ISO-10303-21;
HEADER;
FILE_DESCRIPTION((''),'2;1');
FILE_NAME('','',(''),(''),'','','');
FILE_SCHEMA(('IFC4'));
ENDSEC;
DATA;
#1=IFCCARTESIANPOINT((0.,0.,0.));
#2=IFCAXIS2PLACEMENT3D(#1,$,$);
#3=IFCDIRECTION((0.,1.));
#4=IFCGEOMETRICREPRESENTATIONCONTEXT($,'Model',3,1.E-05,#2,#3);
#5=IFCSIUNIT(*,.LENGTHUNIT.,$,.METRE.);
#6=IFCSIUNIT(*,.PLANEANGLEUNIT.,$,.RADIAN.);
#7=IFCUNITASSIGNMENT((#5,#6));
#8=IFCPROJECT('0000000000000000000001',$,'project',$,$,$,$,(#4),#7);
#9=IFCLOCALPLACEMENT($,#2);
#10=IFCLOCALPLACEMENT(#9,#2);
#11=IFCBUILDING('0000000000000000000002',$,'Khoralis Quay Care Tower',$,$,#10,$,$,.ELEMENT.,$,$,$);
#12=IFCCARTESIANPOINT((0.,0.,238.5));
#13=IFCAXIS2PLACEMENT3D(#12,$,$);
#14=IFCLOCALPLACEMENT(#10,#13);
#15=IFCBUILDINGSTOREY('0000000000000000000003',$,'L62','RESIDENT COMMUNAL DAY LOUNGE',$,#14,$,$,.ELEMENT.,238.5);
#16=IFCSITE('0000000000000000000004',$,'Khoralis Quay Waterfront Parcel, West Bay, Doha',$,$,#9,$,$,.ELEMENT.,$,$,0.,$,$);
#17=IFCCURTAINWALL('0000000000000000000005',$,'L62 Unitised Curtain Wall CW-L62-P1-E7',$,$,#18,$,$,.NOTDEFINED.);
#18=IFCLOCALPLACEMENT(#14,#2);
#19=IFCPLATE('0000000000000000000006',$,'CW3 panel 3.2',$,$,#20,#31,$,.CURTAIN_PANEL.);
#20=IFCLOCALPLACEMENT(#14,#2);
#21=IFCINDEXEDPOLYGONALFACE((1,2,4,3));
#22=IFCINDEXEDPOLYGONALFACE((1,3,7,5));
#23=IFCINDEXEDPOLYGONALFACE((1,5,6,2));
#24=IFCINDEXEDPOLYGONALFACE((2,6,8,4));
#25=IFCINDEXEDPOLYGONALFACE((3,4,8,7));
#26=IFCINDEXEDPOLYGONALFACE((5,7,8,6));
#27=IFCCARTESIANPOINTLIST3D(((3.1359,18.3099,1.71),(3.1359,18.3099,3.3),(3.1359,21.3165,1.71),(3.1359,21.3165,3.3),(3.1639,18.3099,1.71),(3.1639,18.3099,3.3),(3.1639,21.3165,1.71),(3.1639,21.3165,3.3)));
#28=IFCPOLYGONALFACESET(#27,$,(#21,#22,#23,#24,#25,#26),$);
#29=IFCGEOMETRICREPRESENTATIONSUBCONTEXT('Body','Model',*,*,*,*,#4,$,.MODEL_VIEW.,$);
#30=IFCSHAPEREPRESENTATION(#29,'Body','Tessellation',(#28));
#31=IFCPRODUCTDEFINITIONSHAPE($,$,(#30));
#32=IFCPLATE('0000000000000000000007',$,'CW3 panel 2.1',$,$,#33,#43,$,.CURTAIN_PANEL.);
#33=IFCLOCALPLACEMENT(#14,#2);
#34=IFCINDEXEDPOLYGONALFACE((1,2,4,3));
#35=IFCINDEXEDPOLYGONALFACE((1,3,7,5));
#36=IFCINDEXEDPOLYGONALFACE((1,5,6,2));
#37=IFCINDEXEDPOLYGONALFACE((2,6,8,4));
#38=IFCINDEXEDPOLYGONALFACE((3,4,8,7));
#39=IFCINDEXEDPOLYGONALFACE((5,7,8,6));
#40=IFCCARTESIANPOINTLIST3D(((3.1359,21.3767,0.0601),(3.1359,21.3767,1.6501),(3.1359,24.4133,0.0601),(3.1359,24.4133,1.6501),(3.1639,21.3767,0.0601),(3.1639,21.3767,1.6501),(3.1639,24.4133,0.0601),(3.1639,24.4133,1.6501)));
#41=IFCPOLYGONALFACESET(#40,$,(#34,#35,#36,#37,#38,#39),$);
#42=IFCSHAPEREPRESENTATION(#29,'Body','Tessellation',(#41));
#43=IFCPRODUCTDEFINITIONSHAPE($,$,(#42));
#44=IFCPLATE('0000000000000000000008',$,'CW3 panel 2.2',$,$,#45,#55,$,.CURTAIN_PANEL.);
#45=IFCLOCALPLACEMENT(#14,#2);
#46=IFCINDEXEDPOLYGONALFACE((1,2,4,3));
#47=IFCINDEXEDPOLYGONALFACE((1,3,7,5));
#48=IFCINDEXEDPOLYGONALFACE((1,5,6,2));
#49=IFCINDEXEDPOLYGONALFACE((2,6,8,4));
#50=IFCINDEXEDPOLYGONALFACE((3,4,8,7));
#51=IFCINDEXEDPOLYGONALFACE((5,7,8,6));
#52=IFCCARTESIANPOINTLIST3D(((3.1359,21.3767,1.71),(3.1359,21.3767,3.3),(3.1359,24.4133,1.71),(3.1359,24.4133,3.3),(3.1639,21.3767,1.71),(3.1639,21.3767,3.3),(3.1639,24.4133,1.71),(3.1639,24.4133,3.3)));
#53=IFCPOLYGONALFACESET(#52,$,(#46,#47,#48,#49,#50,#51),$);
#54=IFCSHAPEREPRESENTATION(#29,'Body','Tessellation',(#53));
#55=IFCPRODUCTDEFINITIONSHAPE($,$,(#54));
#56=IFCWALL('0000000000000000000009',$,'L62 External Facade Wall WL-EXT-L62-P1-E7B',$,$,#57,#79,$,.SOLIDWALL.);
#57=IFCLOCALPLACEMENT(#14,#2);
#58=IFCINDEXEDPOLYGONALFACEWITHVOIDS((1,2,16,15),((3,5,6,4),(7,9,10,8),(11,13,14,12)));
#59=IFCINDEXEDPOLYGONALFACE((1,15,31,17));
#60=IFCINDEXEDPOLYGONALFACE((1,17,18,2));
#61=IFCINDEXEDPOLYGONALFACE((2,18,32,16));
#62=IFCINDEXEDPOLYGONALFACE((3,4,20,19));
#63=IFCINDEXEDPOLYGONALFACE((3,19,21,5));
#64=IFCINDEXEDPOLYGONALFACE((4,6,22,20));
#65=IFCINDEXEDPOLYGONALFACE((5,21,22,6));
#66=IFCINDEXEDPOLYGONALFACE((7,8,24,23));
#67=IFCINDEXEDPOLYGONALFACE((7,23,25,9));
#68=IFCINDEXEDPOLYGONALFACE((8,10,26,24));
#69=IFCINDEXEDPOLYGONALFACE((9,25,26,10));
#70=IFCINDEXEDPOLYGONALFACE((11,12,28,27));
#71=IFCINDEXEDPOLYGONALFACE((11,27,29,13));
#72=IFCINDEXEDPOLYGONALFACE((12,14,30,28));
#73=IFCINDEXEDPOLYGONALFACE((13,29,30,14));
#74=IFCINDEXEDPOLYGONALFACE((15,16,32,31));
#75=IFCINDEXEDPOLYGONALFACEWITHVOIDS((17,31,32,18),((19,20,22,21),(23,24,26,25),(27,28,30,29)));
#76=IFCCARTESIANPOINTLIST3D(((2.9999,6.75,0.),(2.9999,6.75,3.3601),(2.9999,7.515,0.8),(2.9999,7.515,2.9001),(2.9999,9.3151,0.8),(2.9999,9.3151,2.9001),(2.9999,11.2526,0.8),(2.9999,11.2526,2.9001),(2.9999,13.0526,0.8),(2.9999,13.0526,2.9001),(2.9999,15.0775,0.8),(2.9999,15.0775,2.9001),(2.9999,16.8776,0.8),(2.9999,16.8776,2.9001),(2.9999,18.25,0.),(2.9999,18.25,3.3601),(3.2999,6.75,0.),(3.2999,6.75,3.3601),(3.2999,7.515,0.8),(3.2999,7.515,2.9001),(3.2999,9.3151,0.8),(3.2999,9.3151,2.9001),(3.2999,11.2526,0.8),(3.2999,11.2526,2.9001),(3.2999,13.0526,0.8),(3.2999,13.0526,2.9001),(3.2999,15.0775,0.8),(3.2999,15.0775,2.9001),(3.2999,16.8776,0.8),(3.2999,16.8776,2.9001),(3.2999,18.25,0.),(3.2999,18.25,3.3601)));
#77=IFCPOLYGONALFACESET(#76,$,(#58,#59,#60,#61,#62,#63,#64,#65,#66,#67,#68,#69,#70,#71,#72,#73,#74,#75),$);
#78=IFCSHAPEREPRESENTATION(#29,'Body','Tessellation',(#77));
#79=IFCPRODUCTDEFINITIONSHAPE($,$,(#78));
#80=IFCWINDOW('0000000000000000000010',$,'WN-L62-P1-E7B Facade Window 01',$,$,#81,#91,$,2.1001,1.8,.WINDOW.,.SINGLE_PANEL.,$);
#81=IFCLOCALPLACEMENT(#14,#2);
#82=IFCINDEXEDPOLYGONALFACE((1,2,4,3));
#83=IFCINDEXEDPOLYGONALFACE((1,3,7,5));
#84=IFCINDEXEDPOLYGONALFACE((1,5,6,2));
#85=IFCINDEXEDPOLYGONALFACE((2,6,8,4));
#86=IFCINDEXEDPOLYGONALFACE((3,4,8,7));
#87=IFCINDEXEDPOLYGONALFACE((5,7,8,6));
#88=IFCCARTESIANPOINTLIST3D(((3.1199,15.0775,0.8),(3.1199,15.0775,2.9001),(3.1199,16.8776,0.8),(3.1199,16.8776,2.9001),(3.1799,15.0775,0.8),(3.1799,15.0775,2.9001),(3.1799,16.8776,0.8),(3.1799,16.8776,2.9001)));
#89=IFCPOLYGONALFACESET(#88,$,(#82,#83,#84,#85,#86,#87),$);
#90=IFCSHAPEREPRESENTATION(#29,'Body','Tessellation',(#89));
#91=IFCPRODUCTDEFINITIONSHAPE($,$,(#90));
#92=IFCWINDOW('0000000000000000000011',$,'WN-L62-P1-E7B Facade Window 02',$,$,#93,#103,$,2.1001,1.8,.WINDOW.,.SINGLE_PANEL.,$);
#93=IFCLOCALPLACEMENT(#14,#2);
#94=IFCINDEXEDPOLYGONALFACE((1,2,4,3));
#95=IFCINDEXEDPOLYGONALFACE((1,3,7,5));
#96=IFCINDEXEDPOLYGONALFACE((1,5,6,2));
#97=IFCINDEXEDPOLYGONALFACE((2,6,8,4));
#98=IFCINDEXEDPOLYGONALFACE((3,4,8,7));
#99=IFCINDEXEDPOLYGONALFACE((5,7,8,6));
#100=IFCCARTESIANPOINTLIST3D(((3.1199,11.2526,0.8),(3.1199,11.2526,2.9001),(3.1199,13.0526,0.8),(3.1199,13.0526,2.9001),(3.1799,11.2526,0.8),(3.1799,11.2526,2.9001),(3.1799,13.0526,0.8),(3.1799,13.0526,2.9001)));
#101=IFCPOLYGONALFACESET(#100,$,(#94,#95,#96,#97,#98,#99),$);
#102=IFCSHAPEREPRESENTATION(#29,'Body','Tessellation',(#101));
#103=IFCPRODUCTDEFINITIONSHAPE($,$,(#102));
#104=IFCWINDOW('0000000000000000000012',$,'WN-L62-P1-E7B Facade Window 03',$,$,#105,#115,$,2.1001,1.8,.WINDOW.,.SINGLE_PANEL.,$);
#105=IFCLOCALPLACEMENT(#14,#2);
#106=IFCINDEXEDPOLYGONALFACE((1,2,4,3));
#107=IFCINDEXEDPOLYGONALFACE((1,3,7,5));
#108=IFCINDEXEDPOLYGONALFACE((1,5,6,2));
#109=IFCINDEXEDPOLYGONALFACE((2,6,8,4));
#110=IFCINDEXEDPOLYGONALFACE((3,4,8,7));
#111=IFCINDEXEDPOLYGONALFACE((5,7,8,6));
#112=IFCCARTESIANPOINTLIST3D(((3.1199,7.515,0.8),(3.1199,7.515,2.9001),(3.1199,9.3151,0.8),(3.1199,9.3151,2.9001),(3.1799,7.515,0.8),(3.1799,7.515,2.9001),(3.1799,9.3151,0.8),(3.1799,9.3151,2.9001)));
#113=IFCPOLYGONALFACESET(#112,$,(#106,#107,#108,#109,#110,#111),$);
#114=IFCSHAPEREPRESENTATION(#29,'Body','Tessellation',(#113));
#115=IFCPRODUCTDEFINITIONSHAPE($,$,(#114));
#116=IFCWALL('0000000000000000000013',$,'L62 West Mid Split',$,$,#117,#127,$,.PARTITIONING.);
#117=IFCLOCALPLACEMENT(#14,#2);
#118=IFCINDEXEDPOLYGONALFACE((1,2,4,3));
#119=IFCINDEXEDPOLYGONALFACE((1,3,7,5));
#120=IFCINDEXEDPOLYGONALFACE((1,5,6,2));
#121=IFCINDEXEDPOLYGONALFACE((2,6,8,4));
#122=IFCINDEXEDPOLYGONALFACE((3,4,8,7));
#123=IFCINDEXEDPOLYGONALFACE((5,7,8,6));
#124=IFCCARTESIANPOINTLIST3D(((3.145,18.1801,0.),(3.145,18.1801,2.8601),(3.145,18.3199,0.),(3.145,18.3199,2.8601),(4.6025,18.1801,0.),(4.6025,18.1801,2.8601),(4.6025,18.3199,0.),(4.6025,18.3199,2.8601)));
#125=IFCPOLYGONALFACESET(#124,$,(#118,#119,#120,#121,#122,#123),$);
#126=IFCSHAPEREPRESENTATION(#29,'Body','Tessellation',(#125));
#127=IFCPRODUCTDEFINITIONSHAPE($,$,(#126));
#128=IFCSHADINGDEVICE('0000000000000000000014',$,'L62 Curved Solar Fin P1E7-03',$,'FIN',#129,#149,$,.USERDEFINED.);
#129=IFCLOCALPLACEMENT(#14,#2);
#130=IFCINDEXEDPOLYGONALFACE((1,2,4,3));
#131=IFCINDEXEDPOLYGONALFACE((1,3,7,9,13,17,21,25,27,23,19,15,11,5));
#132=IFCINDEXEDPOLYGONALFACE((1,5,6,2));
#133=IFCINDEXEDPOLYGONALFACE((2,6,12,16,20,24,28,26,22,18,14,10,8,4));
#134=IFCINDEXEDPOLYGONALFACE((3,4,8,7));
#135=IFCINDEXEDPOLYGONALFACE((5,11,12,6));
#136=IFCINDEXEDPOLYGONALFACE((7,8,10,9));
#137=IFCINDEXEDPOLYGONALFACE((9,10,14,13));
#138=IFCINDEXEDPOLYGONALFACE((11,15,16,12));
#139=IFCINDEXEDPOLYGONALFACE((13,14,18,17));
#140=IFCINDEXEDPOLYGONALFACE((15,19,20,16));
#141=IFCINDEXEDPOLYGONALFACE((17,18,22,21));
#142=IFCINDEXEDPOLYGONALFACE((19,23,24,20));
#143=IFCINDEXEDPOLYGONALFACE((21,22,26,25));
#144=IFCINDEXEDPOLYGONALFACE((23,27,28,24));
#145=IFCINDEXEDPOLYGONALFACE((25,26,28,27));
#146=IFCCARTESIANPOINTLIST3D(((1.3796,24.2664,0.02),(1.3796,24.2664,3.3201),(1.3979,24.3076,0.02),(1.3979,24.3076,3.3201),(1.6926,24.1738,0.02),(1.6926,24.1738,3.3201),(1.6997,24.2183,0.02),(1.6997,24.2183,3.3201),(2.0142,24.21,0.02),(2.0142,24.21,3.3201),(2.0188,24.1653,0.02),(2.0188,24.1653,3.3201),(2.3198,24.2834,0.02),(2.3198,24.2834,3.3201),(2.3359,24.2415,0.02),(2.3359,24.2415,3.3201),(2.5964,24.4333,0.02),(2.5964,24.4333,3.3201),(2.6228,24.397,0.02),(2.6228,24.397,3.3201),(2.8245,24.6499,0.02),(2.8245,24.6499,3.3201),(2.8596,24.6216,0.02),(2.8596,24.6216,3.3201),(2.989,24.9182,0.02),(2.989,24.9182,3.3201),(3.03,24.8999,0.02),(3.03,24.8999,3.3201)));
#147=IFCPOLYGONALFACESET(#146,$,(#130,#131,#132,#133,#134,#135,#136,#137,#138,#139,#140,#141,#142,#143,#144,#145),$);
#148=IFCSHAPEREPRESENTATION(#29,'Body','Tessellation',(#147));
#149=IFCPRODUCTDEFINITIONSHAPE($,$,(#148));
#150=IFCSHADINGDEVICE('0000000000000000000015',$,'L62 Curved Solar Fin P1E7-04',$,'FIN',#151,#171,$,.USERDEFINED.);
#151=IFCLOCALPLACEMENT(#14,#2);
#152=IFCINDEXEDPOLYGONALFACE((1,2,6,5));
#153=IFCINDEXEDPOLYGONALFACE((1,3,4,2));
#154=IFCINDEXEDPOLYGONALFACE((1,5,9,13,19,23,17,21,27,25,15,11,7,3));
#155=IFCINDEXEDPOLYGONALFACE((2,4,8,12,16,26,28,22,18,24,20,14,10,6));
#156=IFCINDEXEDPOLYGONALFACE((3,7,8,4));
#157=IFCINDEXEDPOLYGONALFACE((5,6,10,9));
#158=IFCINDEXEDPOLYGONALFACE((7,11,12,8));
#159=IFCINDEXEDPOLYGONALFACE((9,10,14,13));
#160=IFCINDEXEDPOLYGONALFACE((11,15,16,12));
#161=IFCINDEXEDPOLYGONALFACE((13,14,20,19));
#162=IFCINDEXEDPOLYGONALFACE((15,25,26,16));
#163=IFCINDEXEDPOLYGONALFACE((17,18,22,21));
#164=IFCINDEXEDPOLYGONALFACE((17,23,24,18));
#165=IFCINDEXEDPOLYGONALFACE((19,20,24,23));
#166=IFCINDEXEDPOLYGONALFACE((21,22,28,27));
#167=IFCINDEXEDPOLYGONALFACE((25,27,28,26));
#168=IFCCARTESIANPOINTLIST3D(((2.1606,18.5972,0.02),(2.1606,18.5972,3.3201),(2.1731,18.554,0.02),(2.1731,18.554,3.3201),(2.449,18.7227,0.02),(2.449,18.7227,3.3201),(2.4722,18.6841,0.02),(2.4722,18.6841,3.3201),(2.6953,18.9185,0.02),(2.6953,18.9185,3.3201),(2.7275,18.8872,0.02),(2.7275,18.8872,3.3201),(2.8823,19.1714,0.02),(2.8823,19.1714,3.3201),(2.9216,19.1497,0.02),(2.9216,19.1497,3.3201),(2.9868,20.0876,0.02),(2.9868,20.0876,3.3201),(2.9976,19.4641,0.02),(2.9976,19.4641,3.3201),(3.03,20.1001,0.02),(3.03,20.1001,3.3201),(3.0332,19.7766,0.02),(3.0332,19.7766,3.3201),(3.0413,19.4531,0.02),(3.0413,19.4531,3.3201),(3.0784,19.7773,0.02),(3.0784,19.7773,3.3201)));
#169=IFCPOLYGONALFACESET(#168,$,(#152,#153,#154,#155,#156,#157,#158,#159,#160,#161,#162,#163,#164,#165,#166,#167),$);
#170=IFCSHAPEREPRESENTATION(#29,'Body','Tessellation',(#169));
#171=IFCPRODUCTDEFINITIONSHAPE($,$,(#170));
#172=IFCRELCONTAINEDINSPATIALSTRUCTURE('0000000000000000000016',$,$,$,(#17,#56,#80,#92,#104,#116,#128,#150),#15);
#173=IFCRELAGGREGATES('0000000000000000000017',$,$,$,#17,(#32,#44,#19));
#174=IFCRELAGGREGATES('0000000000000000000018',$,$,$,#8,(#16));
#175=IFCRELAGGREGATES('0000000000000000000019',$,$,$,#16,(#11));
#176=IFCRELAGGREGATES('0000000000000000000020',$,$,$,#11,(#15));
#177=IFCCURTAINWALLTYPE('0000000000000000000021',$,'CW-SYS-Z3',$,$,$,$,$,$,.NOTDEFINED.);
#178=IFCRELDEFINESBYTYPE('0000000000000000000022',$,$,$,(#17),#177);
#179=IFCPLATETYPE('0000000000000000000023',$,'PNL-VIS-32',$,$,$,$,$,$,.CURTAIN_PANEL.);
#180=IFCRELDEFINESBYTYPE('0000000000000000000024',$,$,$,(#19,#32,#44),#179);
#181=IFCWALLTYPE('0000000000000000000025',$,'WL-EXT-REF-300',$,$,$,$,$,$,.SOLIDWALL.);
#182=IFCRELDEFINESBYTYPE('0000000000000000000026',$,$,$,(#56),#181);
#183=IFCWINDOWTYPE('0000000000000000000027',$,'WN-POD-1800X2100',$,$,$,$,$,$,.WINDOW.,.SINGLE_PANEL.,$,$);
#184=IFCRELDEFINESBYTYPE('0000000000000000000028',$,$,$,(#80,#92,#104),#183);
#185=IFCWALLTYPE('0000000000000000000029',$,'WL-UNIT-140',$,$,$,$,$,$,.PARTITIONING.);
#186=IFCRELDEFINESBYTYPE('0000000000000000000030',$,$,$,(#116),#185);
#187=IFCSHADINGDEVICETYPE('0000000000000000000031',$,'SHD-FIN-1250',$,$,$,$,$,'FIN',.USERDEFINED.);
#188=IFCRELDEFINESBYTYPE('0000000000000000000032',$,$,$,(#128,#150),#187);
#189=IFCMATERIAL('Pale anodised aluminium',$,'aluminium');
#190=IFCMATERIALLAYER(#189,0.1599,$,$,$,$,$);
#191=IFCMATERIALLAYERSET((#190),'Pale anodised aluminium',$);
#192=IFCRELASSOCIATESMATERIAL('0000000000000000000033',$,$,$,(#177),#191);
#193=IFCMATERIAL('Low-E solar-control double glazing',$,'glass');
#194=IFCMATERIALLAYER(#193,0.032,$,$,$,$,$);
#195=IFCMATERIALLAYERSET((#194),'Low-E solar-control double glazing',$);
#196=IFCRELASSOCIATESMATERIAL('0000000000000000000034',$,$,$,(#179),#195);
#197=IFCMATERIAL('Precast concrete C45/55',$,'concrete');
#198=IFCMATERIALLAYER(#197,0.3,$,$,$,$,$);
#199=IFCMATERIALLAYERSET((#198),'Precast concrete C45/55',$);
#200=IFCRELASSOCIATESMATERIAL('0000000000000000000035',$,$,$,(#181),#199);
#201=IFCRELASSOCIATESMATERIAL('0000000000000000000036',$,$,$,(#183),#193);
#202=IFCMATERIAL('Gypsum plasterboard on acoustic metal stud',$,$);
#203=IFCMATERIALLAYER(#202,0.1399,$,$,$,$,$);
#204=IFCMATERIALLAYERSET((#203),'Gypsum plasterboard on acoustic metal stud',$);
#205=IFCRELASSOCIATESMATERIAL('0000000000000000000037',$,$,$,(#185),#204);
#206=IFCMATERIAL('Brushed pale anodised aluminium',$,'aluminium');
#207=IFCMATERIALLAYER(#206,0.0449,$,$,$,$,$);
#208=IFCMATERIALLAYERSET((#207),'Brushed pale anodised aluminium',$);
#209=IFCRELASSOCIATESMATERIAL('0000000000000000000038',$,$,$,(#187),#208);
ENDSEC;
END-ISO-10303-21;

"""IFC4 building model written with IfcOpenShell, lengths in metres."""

from ifc_helpers import new_model, si_unit, direction, frame, frame_2d, origin, origin_2d, place, context, subcontext, project, spatial, polyline, rectangle, outline, extrude, source, transform, mapped, material, layer, layer_set, type_object, element, fill, aggregate, save


model = new_model("IFC4")

# Units and contexts
model_context = context("Model", 3, precision=1e-05, world=origin(), true_north=direction((0.0, 1.0)))
body_context = subcontext(model_context, "Body", "Model", "MODEL_VIEW")
ifc_project = project(units=[si_unit("LENGTHUNIT", "METRE"), si_unit("PLANEANGLEUNIT", "RADIAN")], contexts=[model_context])

# Site, building, storey
site_placement = place(None, origin())
site = spatial("IfcSite", under=ifc_project, at=site_placement, Name="Khoralis Quay Waterfront Parcel, West Bay, Doha", CompositionType="ELEMENT", RefElevation=0.0)
building_placement = place(site_placement, origin())
building = spatial("IfcBuilding", under=site, at=building_placement, Name="Khoralis Quay Care Tower", CompositionType="ELEMENT")
storey_placement = place(building_placement, frame((0.0, 0.0, 238.5)))
storey = spatial("IfcBuildingStorey", under=building, at=storey_placement, Name="L62", Description="RESIDENT COMMUNAL DAY LOUNGE", CompositionType="ELEMENT", Elevation=238.5)

# Curtain wall, plates
ifc_material_1 = material(Name="Pale anodised aluminium", Category="aluminium")
ifc_layer_1 = layer(ifc_material_1, 0.1599)
ifc_layer_set_1 = layer_set([ifc_layer_1], Name="Pale anodised aluminium")
curtain_wall_type = type_object("IfcCurtainWallType", Name="CW-SYS-Z3", PredefinedType="NOTDEFINED", material=ifc_layer_set_1)
curtain_wall_placement = place(storey_placement, origin())
curtain_wall = element("IfcCurtainWall", 1, at=curtain_wall_placement, inside=storey, type_object=curtain_wall_type, Name="L62 Unitised Curtain Wall CW-L62-P1-E7", PredefinedType="NOTDEFINED")
ifc_material_2 = material(Name="Low-E solar-control double glazing", Category="glass")
ifc_layer_2 = layer(ifc_material_2, 0.032)
ifc_layer_set_2 = layer_set([ifc_layer_2], Name="Low-E solar-control double glazing")
plate_type = type_object("IfcPlateType", Name="PNL-VIS-32", PredefinedType="CURTAIN_PANEL", material=ifc_layer_set_2)
shared_shape_1 = source(origin(), body_context, "Body", "SweptSolid", [
    extrude(rectangle(XDim=3.0066, YDim=0.0281, at=origin_2d()), origin(), (0.0, 0.0, 1.0), 1.5901),
])
plate_1_placement = place(storey_placement, frame((3.1499, 19.8132, 1.71), z_axis=(0.0, 0.0, 1.0), x_axis=(0.0, -1.0, 0.0)))
plate_1 = element("IfcPlate", 2, at=plate_1_placement, type_object=plate_type, Name="CW3 panel 3.2", PredefinedType="CURTAIN_PANEL", context=body_context, shape_type="MappedRepresentation", body=[
    mapped(shared_shape_1, transform((0.0, 0.0, 0.0), scale=1.0)),
])
shared_shape_2 = source(origin(), body_context, "Body", "SweptSolid", [
    extrude(rectangle(XDim=3.0366, YDim=0.0281, at=origin_2d()), origin(), (0.0, 0.0, 1.0), 1.5901),
])
plate_2_placement = place(storey_placement, frame((3.1499, 22.895, 0.0601), z_axis=(0.0, 0.0, 1.0), x_axis=(0.0, -1.0, 0.0)))
plate_2 = element("IfcPlate", 3, at=plate_2_placement, type_object=plate_type, Name="CW3 panel 2.1", PredefinedType="CURTAIN_PANEL", context=body_context, shape_type="MappedRepresentation", body=[
    mapped(shared_shape_2, transform((0.0, 0.0, 0.0), scale=1.0)),
])
plate_3_placement = place(storey_placement, frame((3.1499, 22.895, 1.71), z_axis=(0.0, 0.0, 1.0), x_axis=(0.0, -1.0, 0.0)))
plate_3 = element("IfcPlate", 4, at=plate_3_placement, type_object=plate_type, Name="CW3 panel 2.2", PredefinedType="CURTAIN_PANEL", context=body_context, shape_type="MappedRepresentation", body=[
    mapped(shared_shape_2, transform((0.0, 0.0, 0.0), scale=1.0)),
])
aggregate(curtain_wall, [plate_2, plate_3, plate_1])

# Wall, openings, windows
ifc_material_3 = material(Name="Precast concrete C45/55", Category="concrete")
ifc_layer_3 = layer(ifc_material_3, 0.3)
ifc_layer_set_3 = layer_set([ifc_layer_3], Name="Precast concrete C45/55")
wall_type_1 = type_object("IfcWallType", Name="WL-EXT-REF-300", PredefinedType="SOLIDWALL", material=ifc_layer_set_3)
wall_1_placement = place(storey_placement, frame((3.1499, 18.25, 0.0), z_axis=(0.0, 0.0, 1.0), x_axis=(0.0, -1.0, 0.0)))
wall_1 = element("IfcWall", 5, at=wall_1_placement, inside=storey, type_object=wall_type_1, Name="L62 External Facade Wall WL-EXT-L62-P1-E7B", PredefinedType="SOLIDWALL", context=body_context, shape_type="SweptSolid", body=[
    extrude(rectangle(XDim=11.5, YDim=0.3, at=frame_2d((5.75, 0.0))), origin(), (0.0, 0.0, 1.0), 3.3601),
])
opening_1_placement = place(wall_1_placement, frame((1.3726, 0.0, 0.8)))
opening_1 = element("IfcOpeningElement", 6, at=opening_1_placement, cuts=wall_1, PredefinedType="OPENING", context=body_context, shape_type="SweptSolid", body=[
    extrude(rectangle(XDim=1.8, YDim=2.1001, at=frame_2d((0.8999, 1.05))), frame((0.0, 0.1602, 0.0), z_axis=(0.0, -1.0, 0.0), x_axis=(1.0, 0.0, 0.0)), (0.0, 0.0, 1.0), 0.3201),
])
opening_2_placement = place(wall_1_placement, frame((5.1975, 0.0, 0.8)))
opening_2 = element("IfcOpeningElement", 7, at=opening_2_placement, cuts=wall_1, PredefinedType="OPENING", context=body_context, shape_type="SweptSolid", body=[
    extrude(rectangle(XDim=1.8, YDim=2.1001, at=frame_2d((0.8999, 1.05))), frame((0.0, 0.1602, 0.0), z_axis=(0.0, -1.0, 0.0), x_axis=(1.0, 0.0, 0.0)), (0.0, 0.0, 1.0), 0.3201),
])
opening_3_placement = place(wall_1_placement, frame((8.9351, 0.0, 0.8)))
opening_3 = element("IfcOpeningElement", 8, at=opening_3_placement, cuts=wall_1, PredefinedType="OPENING", context=body_context, shape_type="SweptSolid", body=[
    extrude(rectangle(XDim=1.8, YDim=2.1001, at=frame_2d((0.8999, 1.05))), frame((0.0, 0.1602, 0.0), z_axis=(0.0, -1.0, 0.0), x_axis=(1.0, 0.0, 0.0)), (0.0, 0.0, 1.0), 0.3201),
])
window_type = type_object("IfcWindowType", Name="WN-POD-1800X2100", PartitioningType="SINGLE_PANEL", PredefinedType="WINDOW", material=ifc_material_2)
shared_shape_3 = source(origin(), body_context, "Body", "SweptSolid", [
    extrude(rectangle(XDim=1.8, YDim=2.1001, at=frame_2d((0.8999, 1.05))), frame((0.0, 0.03, 0.0), z_axis=(0.0, -1.0, 0.0), x_axis=(1.0, 0.0, 0.0)), (0.0, 0.0, 1.0), 0.0601),
])
window_1_placement = place(opening_1_placement, origin())
window_1 = element("IfcWindow", 9, at=window_1_placement, inside=storey, type_object=window_type, Name="WN-L62-P1-E7B Facade Window 01", OverallHeight=2.1001, OverallWidth=1.8, PartitioningType="SINGLE_PANEL", PredefinedType="WINDOW", context=body_context, shape_type="MappedRepresentation", body=[
    mapped(shared_shape_3, transform((0.0, 0.0, 0.0), scale=1.0)),
])
fill(opening_1, window_1)
window_2_placement = place(opening_2_placement, origin())
window_2 = element("IfcWindow", 10, at=window_2_placement, inside=storey, type_object=window_type, Name="WN-L62-P1-E7B Facade Window 02", OverallHeight=2.1001, OverallWidth=1.8, PartitioningType="SINGLE_PANEL", PredefinedType="WINDOW", context=body_context, shape_type="MappedRepresentation", body=[
    mapped(shared_shape_3, transform((0.0, 0.0, 0.0), scale=1.0)),
])
fill(opening_2, window_2)
window_3_placement = place(opening_3_placement, origin())
window_3 = element("IfcWindow", 11, at=window_3_placement, inside=storey, type_object=window_type, Name="WN-L62-P1-E7B Facade Window 03", OverallHeight=2.1001, OverallWidth=1.8, PartitioningType="SINGLE_PANEL", PredefinedType="WINDOW", context=body_context, shape_type="MappedRepresentation", body=[
    mapped(shared_shape_3, transform((0.0, 0.0, 0.0), scale=1.0)),
])
fill(opening_3, window_3)

# Wall
ifc_material_4 = material(Name="Gypsum plasterboard on acoustic metal stud")
ifc_layer_4 = layer(ifc_material_4, 0.1399)
ifc_layer_set_4 = layer_set([ifc_layer_4], Name="Gypsum plasterboard on acoustic metal stud")
wall_type_2 = type_object("IfcWallType", Name="WL-UNIT-140", PredefinedType="PARTITIONING", material=ifc_layer_set_4)
wall_2_placement = place(storey_placement, frame((3.145, 18.25, 0.0), z_axis=(0.0, 0.0, 1.0), x_axis=(1.0, 0.0, 0.0)))
element("IfcWall", 12, at=wall_2_placement, inside=storey, type_object=wall_type_2, Name="L62 West Mid Split", PredefinedType="PARTITIONING", context=body_context, shape_type="SweptSolid", body=[
    extrude(rectangle(XDim=1.4575, YDim=0.1399, at=frame_2d((0.7288, 0.0))), origin(), (0.0, 0.0, 1.0), 2.8601),
])

# Shading devices
ifc_material_5 = material(Name="Brushed pale anodised aluminium", Category="aluminium")
ifc_layer_5 = layer(ifc_material_5, 0.0449)
ifc_layer_set_5 = layer_set([ifc_layer_5], Name="Brushed pale anodised aluminium")
shading_device_type = type_object("IfcShadingDeviceType", Name="SHD-FIN-1250", ElementType="FIN", PredefinedType="USERDEFINED", material=ifc_layer_set_5)
shared_shape_4 = source(origin(), body_context, "Body", "SweptSolid", [
    extrude(outline(polyline([(0.0, 0.0), (0.1704, 0.2783), (0.4072, 0.5029), (0.6941, 0.6584), (1.0112, 0.7346), (1.3374, 0.7261), (1.6504, 0.6335), (1.6321, 0.5923), (1.3303, 0.6816), (1.0159, 0.6899), (0.7102, 0.6165), (0.4336, 0.4666), (0.2056, 0.25), (0.041, -0.0183), (0.0, 0.0)])), origin(), (0.0, 0.0, 1.0), 3.3),
])
shading_device_1_placement = place(storey_placement, frame((3.03, 24.8999, 0.02), z_axis=(0.0, 0.0, 1.0), x_axis=(-1.0, 0.0, 0.0)))
element("IfcShadingDevice", 13, at=shading_device_1_placement, inside=storey, type_object=shading_device_type, Name="L62 Curved Solar Fin P1E7-03", ObjectType="FIN", PredefinedType="USERDEFINED", context=body_context, shape_type="MappedRepresentation", body=[
    mapped(shared_shape_4, transform((0.0, 0.0, 0.0), scale=1.0)),
])
shared_shape_5 = source(origin(), body_context, "Body", "SweptSolid", [
    extrude(outline(polyline([(0.0, 0.0), (-0.0483, 0.3228), (-0.0112, 0.647), (0.1084, 0.9504), (0.3025, 1.2129), (0.5579, 1.416), (0.8569, 1.5461), (0.8694, 1.5029), (0.5811, 1.3774), (0.3347, 1.1816), (0.1477, 0.9287), (0.0325, 0.636), (-0.0032, 0.3235), (0.0432, 0.0125), (0.0, 0.0)])), origin(), (0.0, 0.0, 1.0), 3.3),
])
shading_device_2_placement = place(storey_placement, frame((3.03, 20.1001, 0.02), z_axis=(0.0, 0.0, 1.0), x_axis=(-1.0, 0.0, 0.0)))
element("IfcShadingDevice", 14, at=shading_device_2_placement, inside=storey, type_object=shading_device_type, Name="L62 Curved Solar Fin P1E7-04", ObjectType="FIN", PredefinedType="USERDEFINED", context=body_context, shape_type="MappedRepresentation", body=[
    mapped(shared_shape_5, transform((0.0, 0.0, 0.0), scale=1.0)),
])

save(model, "model.ifc")
